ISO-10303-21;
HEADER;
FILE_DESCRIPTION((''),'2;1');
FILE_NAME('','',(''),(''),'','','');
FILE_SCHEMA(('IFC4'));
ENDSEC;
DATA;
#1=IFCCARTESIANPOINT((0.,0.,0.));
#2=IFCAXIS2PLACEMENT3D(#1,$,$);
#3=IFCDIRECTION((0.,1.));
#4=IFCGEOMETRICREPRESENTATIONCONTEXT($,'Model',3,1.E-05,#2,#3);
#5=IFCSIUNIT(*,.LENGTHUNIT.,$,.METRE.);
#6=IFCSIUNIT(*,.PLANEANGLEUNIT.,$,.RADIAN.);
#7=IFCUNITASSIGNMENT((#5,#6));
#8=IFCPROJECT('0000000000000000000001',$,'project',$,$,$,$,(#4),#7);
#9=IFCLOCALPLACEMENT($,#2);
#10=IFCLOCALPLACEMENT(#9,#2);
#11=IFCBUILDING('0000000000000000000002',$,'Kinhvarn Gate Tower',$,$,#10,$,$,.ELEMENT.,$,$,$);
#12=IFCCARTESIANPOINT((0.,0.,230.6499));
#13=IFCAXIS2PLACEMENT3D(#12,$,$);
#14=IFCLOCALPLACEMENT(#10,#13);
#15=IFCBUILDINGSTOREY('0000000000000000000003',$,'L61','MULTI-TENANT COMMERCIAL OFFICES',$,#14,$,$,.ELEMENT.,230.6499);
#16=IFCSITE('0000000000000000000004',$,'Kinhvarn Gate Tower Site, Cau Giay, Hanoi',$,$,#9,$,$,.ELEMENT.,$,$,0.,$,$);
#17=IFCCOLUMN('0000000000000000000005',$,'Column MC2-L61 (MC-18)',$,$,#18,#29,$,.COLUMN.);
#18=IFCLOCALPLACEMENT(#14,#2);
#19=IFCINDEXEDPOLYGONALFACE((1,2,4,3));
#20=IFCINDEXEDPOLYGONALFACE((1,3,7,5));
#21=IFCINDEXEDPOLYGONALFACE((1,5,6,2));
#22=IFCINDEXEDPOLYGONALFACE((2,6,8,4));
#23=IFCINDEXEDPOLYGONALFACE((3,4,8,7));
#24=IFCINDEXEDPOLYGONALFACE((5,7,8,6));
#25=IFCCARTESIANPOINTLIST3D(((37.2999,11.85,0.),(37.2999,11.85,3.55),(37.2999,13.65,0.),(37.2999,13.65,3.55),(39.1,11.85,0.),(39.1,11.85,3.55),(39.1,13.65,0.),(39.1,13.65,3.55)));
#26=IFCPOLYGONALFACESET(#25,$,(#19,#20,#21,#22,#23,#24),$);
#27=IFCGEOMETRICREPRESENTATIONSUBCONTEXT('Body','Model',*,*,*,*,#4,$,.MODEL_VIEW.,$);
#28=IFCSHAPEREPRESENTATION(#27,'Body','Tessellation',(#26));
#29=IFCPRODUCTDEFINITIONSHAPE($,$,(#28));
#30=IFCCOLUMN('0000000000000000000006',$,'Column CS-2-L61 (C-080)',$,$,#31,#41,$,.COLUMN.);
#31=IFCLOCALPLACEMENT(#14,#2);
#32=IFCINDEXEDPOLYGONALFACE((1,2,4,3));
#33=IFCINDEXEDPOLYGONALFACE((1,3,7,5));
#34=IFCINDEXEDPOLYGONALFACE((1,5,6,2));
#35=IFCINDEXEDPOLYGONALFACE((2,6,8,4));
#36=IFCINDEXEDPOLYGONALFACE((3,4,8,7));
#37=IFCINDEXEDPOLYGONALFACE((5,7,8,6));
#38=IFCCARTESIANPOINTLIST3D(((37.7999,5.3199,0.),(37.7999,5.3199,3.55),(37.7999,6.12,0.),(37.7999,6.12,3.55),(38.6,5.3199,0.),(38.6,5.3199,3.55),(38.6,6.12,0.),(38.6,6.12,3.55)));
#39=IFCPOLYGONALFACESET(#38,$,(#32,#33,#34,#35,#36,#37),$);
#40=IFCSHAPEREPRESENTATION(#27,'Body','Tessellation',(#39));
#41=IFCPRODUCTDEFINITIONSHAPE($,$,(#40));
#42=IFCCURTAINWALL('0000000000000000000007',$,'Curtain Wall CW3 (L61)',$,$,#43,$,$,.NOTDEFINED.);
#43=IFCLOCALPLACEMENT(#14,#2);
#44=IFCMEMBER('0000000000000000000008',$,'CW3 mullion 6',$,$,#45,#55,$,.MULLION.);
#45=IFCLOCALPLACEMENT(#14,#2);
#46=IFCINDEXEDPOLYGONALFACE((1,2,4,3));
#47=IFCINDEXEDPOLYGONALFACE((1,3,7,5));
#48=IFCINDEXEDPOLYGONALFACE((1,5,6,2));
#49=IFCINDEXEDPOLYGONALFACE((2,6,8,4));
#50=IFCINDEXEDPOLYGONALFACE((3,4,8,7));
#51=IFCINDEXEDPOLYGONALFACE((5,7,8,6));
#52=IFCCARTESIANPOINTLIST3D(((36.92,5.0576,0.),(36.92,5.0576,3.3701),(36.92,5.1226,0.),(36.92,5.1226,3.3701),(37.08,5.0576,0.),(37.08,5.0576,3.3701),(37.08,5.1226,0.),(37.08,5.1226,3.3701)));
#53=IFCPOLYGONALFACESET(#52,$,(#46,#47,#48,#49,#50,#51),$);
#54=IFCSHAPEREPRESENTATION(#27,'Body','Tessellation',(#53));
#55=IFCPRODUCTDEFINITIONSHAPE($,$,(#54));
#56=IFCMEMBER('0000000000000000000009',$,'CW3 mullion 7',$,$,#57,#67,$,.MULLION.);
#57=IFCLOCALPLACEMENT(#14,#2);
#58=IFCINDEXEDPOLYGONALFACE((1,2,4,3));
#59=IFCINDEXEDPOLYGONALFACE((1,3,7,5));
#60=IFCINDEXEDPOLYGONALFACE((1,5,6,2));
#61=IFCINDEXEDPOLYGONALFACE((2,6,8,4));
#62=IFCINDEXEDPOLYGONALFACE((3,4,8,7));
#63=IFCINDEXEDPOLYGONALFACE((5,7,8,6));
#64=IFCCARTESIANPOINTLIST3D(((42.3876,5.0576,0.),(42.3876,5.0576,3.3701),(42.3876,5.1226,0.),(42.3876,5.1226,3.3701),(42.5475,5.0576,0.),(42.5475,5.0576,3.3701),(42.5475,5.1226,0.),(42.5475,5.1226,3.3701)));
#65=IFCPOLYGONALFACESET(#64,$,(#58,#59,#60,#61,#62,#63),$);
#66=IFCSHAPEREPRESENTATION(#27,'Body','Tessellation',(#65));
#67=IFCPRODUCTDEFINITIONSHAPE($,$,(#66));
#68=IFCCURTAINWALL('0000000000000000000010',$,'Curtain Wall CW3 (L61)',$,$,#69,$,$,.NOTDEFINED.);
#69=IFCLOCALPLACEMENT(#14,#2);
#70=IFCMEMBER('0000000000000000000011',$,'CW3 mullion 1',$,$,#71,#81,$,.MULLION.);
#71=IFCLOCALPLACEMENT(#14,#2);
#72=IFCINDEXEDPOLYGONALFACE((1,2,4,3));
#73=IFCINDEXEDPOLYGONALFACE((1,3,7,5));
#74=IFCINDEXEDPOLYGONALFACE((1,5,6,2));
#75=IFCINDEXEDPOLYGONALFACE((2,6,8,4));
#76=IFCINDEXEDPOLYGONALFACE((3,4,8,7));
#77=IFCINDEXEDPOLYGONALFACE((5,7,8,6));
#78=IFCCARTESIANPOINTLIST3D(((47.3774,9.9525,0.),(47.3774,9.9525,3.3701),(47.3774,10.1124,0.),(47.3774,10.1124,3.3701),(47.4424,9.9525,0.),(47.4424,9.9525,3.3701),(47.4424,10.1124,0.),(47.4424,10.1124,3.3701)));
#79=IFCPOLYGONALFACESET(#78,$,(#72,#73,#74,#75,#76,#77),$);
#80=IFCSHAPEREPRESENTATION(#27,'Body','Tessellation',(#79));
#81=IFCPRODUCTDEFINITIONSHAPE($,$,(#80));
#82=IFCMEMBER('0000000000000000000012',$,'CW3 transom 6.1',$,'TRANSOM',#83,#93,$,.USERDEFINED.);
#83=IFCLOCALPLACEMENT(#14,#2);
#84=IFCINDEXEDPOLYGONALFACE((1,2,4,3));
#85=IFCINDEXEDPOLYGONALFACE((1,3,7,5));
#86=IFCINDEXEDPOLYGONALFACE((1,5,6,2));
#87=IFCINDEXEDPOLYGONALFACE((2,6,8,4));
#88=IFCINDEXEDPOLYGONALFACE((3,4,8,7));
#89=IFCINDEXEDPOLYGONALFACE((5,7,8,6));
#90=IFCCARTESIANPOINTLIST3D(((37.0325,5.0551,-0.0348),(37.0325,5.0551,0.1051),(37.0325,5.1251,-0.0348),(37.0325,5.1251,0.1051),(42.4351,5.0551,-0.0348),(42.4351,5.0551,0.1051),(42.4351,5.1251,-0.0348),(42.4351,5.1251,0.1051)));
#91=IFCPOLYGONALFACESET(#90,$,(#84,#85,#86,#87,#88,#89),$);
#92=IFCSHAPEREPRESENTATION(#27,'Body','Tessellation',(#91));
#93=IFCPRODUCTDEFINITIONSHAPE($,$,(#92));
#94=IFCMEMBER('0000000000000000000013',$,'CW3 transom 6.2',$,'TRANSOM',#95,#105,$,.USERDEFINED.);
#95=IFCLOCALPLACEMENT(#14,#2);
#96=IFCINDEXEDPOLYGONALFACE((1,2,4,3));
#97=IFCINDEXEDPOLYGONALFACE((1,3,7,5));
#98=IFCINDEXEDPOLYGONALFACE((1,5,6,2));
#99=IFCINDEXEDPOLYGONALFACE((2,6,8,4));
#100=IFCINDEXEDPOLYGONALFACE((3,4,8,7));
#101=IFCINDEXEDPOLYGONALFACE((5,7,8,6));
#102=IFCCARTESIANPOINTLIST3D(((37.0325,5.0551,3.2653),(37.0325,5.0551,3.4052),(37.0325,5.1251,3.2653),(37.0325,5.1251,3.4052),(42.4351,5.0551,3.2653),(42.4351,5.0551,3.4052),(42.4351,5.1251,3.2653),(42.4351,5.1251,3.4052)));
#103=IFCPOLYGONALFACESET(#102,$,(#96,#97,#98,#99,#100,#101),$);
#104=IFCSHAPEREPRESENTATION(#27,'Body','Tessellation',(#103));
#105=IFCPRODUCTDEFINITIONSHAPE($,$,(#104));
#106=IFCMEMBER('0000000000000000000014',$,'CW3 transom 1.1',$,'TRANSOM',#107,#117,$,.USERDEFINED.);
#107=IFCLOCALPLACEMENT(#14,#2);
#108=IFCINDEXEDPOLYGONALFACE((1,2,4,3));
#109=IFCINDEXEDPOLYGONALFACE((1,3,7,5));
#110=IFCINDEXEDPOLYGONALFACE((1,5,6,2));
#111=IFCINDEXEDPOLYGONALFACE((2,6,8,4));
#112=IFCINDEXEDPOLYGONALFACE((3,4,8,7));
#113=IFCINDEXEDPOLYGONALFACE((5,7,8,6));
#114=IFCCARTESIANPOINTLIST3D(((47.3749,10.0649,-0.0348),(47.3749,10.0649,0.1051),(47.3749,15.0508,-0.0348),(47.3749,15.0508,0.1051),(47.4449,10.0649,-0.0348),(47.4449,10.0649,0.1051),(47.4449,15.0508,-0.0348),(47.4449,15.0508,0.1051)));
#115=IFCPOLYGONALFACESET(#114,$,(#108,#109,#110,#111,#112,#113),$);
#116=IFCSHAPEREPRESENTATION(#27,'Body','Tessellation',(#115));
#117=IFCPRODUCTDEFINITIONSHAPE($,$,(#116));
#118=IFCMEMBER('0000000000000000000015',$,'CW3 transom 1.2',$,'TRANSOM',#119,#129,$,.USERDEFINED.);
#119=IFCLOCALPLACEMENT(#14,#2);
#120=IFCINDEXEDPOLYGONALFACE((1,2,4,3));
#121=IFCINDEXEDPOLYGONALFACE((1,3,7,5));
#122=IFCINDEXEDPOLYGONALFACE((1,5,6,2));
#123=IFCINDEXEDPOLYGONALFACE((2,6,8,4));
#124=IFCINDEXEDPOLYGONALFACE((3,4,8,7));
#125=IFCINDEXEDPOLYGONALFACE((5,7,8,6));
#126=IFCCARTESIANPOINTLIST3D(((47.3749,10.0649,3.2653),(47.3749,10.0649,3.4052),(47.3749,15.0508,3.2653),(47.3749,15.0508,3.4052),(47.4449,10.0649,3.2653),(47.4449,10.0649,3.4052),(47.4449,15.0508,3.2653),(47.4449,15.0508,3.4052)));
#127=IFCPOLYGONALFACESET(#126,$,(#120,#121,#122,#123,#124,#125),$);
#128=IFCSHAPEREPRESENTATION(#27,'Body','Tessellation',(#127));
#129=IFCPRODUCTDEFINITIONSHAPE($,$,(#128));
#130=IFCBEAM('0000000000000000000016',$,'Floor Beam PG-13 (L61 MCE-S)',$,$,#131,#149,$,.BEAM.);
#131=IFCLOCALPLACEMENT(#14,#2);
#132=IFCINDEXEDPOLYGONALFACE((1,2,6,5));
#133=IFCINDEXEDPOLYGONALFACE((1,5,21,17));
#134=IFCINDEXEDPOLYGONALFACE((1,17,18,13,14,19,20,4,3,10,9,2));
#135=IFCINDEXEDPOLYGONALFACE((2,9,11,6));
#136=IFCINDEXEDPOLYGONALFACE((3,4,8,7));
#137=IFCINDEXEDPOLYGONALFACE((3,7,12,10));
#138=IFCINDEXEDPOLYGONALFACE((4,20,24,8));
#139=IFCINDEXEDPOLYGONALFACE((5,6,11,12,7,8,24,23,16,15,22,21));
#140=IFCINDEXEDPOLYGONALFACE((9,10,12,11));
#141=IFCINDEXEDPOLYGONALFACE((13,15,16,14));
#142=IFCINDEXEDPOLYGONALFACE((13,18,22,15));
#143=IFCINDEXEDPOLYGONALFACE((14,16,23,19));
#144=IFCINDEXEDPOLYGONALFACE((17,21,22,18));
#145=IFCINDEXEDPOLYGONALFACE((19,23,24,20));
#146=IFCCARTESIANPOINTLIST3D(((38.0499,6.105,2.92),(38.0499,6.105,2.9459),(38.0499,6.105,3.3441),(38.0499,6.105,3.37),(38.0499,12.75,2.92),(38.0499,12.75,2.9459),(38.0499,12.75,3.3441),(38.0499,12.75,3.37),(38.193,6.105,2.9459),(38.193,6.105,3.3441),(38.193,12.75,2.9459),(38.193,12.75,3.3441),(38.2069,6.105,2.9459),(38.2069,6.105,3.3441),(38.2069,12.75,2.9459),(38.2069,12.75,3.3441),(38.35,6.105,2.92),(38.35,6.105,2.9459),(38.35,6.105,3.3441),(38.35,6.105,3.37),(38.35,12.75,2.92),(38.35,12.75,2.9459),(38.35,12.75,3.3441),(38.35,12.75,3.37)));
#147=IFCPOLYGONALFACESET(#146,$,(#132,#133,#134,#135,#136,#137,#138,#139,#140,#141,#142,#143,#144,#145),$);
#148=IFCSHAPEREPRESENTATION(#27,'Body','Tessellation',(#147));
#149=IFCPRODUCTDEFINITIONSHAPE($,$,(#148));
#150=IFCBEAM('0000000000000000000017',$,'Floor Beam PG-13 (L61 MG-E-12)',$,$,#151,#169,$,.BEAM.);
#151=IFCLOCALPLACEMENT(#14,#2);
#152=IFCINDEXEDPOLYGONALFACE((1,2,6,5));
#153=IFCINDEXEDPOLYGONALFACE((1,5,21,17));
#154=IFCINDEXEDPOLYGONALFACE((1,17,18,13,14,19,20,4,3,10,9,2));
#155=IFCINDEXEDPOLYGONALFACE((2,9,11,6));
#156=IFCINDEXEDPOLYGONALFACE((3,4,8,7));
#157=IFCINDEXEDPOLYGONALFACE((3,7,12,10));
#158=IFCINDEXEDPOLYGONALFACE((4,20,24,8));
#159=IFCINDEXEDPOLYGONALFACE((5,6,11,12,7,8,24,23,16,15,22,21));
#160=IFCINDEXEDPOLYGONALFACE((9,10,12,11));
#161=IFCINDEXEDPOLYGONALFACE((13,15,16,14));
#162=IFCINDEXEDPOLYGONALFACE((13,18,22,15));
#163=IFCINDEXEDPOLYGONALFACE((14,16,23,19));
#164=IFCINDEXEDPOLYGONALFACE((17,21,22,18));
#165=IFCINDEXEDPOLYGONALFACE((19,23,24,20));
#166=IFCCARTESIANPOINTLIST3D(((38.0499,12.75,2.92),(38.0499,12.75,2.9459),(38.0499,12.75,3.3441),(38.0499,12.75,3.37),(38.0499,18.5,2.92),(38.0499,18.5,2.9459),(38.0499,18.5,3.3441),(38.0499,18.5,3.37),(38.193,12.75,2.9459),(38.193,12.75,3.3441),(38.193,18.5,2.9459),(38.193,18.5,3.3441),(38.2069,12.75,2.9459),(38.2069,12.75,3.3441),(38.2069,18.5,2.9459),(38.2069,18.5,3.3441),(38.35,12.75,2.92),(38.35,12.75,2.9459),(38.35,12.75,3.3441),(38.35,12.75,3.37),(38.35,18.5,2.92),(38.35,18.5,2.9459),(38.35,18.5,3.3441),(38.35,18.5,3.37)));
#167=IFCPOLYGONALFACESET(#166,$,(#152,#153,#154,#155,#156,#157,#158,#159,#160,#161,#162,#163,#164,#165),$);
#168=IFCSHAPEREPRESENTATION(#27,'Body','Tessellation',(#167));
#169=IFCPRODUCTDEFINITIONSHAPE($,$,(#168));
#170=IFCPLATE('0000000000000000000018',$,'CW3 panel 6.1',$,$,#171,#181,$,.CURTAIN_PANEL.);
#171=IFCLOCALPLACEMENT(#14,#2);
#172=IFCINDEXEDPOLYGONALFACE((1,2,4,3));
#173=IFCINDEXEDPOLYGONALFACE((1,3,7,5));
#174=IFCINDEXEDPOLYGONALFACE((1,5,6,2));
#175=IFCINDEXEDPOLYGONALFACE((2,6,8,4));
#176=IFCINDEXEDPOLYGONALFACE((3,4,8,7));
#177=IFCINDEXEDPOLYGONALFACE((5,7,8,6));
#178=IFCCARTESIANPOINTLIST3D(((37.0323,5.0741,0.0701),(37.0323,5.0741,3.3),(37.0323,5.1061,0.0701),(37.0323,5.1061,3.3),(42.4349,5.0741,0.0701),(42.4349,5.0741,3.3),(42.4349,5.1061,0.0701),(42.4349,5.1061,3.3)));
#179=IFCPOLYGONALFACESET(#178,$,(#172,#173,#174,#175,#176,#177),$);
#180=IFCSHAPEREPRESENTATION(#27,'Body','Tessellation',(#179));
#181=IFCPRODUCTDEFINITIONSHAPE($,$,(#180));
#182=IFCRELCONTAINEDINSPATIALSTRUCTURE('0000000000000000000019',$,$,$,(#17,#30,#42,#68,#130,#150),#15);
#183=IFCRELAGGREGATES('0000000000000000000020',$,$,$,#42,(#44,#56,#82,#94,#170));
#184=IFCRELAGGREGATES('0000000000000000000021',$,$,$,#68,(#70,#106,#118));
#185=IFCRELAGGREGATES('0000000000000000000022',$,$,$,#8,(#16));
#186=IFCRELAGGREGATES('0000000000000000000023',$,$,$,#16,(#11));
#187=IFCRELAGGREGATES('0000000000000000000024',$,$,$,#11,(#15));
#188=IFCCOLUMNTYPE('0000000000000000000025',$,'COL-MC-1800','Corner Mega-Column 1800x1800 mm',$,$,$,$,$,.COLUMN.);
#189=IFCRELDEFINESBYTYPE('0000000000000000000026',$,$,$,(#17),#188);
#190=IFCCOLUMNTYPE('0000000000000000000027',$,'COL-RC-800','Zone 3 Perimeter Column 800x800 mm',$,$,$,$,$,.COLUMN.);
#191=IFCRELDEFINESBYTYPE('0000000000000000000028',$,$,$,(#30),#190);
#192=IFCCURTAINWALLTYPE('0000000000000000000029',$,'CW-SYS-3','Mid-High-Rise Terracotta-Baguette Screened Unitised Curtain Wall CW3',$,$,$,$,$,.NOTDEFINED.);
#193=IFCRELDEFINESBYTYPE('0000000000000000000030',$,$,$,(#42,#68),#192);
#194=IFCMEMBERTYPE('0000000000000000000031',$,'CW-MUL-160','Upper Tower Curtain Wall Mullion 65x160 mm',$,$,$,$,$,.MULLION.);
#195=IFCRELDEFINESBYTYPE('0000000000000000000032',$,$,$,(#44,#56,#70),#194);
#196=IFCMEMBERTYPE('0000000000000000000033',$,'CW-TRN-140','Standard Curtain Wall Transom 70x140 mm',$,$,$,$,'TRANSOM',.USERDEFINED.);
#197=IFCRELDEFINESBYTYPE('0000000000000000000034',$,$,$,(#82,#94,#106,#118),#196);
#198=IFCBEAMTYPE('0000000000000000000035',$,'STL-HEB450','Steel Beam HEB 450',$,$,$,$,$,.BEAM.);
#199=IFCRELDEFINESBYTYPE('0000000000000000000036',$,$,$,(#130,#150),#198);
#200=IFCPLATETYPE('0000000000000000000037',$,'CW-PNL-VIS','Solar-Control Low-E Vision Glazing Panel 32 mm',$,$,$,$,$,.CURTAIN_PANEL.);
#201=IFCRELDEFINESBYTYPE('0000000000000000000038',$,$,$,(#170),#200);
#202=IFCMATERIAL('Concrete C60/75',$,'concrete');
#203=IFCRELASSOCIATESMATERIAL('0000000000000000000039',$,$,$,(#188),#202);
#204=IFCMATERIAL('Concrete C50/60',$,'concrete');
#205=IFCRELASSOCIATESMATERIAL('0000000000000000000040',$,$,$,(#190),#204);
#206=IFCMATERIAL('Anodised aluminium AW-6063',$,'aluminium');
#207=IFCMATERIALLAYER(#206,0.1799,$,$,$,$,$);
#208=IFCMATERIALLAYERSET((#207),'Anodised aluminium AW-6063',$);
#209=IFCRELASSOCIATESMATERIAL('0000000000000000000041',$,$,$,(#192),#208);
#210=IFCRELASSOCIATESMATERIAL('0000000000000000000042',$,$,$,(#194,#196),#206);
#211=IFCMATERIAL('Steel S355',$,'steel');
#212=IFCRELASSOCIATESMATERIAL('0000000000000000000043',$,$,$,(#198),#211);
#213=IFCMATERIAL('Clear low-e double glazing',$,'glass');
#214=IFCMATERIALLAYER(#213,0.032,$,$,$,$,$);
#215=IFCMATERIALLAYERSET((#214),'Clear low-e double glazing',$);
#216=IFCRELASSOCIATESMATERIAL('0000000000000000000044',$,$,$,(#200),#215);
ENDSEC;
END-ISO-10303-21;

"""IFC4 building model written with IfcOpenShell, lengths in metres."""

from ifc_helpers import new_model, si_unit, direction, frame, origin, origin_2d, place, context, subcontext, project, spatial, rectangle, i_section, extrude, material, layer, layer_set, material_profile, profile_set, type_object, element, aggregate, save


model = new_model("IFC4")

# Units and contexts
model_context = context("Model", 3, precision=1e-05, world=origin(), true_north=direction((0.0, 1.0)))
body_context = subcontext(model_context, "Body", "Model", "MODEL_VIEW")
ifc_project = project(units=[si_unit("LENGTHUNIT", "METRE"), si_unit("PLANEANGLEUNIT", "RADIAN")], contexts=[model_context])

# Site, building, storey
site_placement = place(None, origin())
site = spatial("IfcSite", under=ifc_project, at=site_placement, Name="Kinhvarn Gate Tower Site, Cau Giay, Hanoi", CompositionType="ELEMENT", RefElevation=0.0)
building_placement = place(site_placement, origin())
building = spatial("IfcBuilding", under=site, at=building_placement, Name="Kinhvarn Gate Tower", CompositionType="ELEMENT")
storey_placement = place(building_placement, frame((0.0, 0.0, 230.6499)))
storey = spatial("IfcBuildingStorey", under=building, at=storey_placement, Name="L61", Description="MULTI-TENANT COMMERCIAL OFFICES", CompositionType="ELEMENT", Elevation=230.6499)

# Columns
ifc_material_1 = material(Name="Concrete C60/75", Category="concrete")
ifc_material_profile_1 = material_profile(ifc_material_1, rectangle(XDim=1.8, YDim=1.8, at=origin_2d()), Name="RC 1800x1800")
ifc_profile_set_1 = profile_set([ifc_material_profile_1], Name="Concrete C60/75")
column_type_1 = type_object("IfcColumnType", Name="COL-MC-1800", Description="Corner Mega-Column 1800x1800 mm", PredefinedType="COLUMN", material=ifc_profile_set_1)
column_1_placement = place(storey_placement, frame((38.2, 12.75, 0.0), z_axis=(0.0, 0.0, 1.0), x_axis=(1.0, 0.0, 0.0)))
element("IfcColumn", 1, at=column_1_placement, inside=storey, type_object=column_type_1, Name="Column MC2-L61 (MC-18)", PredefinedType="COLUMN", context=body_context, shape_type="SweptSolid", body=[
    extrude(rectangle(XDim=1.8, YDim=1.8, at=origin_2d()), origin(), (0.0, 0.0, 1.0), 3.55),
])
ifc_material_2 = material(Name="Concrete C50/60", Category="concrete")
ifc_material_profile_2 = material_profile(ifc_material_2, rectangle(XDim=0.8, YDim=0.8, at=origin_2d()), Name="RC 800x800")
ifc_profile_set_2 = profile_set([ifc_material_profile_2], Name="Concrete C50/60")
column_type_2 = type_object("IfcColumnType", Name="COL-RC-800", Description="Zone 3 Perimeter Column 800x800 mm", PredefinedType="COLUMN", material=ifc_profile_set_2)
column_2_placement = place(storey_placement, frame((38.2, 5.72, 0.0), z_axis=(0.0, 0.0, 1.0), x_axis=(1.0, 0.0, 0.0)))
element("IfcColumn", 2, at=column_2_placement, inside=storey, type_object=column_type_2, Name="Column CS-2-L61 (C-080)", PredefinedType="COLUMN", context=body_context, shape_type="SweptSolid", body=[
    extrude(rectangle(XDim=0.8, YDim=0.8, at=origin_2d()), origin(), (0.0, 0.0, 1.0), 3.55),
])

# Curtain wall, members
ifc_material_3 = material(Name="Anodised aluminium AW-6063", Category="aluminium")
ifc_layer_1 = layer(ifc_material_3, 0.1799)
ifc_layer_set_1 = layer_set([ifc_layer_1], Name="Anodised aluminium AW-6063")
curtain_wall_type = type_object("IfcCurtainWallType", Name="CW-SYS-3", Description="Mid-High-Rise Terracotta-Baguette Screened Unitised Curtain Wall CW3", PredefinedType="NOTDEFINED", material=ifc_layer_set_1)
curtain_wall_1_placement = place(storey_placement, origin())
curtain_wall_1 = element("IfcCurtainWall", 3, at=curtain_wall_1_placement, inside=storey, type_object=curtain_wall_type, Name="Curtain Wall CW3 (L61)", PredefinedType="NOTDEFINED")
ifc_material_profile_3 = material_profile(ifc_material_3, rectangle(XDim=0.0649, YDim=0.1599, at=origin_2d()), Name="ALU 65x160")
ifc_profile_set_3 = profile_set([ifc_material_profile_3], Name="Anodised aluminium AW-6063")
member_type_1 = type_object("IfcMemberType", Name="CW-MUL-160", Description="Upper Tower Curtain Wall Mullion 65x160 mm", PredefinedType="MULLION", material=ifc_profile_set_3)
member_1_placement = place(storey_placement, frame((37.0, 5.0901, 0.0), z_axis=(0.0, 0.0, 1.0), x_axis=(0.0, 1.0, 0.0)))
member_1 = element("IfcMember", 4, at=member_1_placement, type_object=member_type_1, Name="CW3 mullion 6", PredefinedType="MULLION", context=body_context, shape_type="SweptSolid", body=[
    extrude(rectangle(XDim=0.0649, YDim=0.1599, at=origin_2d()), origin(), (0.0, 0.0, 1.0), 3.3701),
])
member_2_placement = place(storey_placement, frame((42.4675, 5.0901, 0.0), z_axis=(0.0, 0.0, 1.0), x_axis=(0.0, 1.0, 0.0)))
member_2 = element("IfcMember", 5, at=member_2_placement, type_object=member_type_1, Name="CW3 mullion 7", PredefinedType="MULLION", context=body_context, shape_type="SweptSolid", body=[
    extrude(rectangle(XDim=0.0649, YDim=0.1599, at=origin_2d()), origin(), (0.0, 0.0, 1.0), 3.3701),
])

# Curtain wall, member
curtain_wall_2_placement = place(storey_placement, origin())
curtain_wall_2 = element("IfcCurtainWall", 6, at=curtain_wall_2_placement, inside=storey, type_object=curtain_wall_type, Name="Curtain Wall CW3 (L61)", PredefinedType="NOTDEFINED")
member_3_placement = place(storey_placement, frame((47.4099, 10.0325, 0.0), z_axis=(0.0, 0.0, 1.0), x_axis=(-1.0, 0.0, 0.0)))
member_3 = element("IfcMember", 7, at=member_3_placement, type_object=member_type_1, Name="CW3 mullion 1", PredefinedType="MULLION", context=body_context, shape_type="SweptSolid", body=[
    extrude(rectangle(XDim=0.0649, YDim=0.1599, at=origin_2d()), origin(), (0.0, 0.0, 1.0), 3.3701),
])

# Members
ifc_material_profile_4 = material_profile(ifc_material_3, rectangle(XDim=0.0701, YDim=0.1399, at=origin_2d()), Name="ALU 70x140")
ifc_profile_set_4 = profile_set([ifc_material_profile_4], Name="Anodised aluminium AW-6063")
member_type_2 = type_object("IfcMemberType", Name="CW-TRN-140", Description="Standard Curtain Wall Transom 70x140 mm", ElementType="TRANSOM", PredefinedType="USERDEFINED", material=ifc_profile_set_4)
member_4_placement = place(storey_placement, frame((37.0325, 5.0901, 0.0352), z_axis=(1.0, 0.0, 0.0), x_axis=(0.0, 1.0, 0.0)))
member_4 = element("IfcMember", 8, at=member_4_placement, type_object=member_type_2, Name="CW3 transom 6.1", ObjectType="TRANSOM", PredefinedType="USERDEFINED", context=body_context, shape_type="SweptSolid", body=[
    extrude(rectangle(XDim=0.0701, YDim=0.1399, at=origin_2d()), origin(), (0.0, 0.0, 1.0), 5.4026),
])
member_5_placement = place(storey_placement, frame((37.0325, 5.0901, 3.3352), z_axis=(1.0, 0.0, 0.0), x_axis=(0.0, 1.0, 0.0)))
member_5 = element("IfcMember", 9, at=member_5_placement, type_object=member_type_2, Name="CW3 transom 6.2", ObjectType="TRANSOM", PredefinedType="USERDEFINED", context=body_context, shape_type="SweptSolid", body=[
    extrude(rectangle(XDim=0.0701, YDim=0.1399, at=origin_2d()), origin(), (0.0, 0.0, 1.0), 5.4026),
])
member_6_placement = place(storey_placement, frame((47.4099, 10.0649, 0.0352), z_axis=(0.0, 1.0, 0.0), x_axis=(-1.0, 0.0, 0.0)))
member_6 = element("IfcMember", 10, at=member_6_placement, type_object=member_type_2, Name="CW3 transom 1.1", ObjectType="TRANSOM", PredefinedType="USERDEFINED", context=body_context, shape_type="SweptSolid", body=[
    extrude(rectangle(XDim=0.0701, YDim=0.1399, at=origin_2d()), origin(), (0.0, 0.0, 1.0), 4.9858),
])
member_7_placement = place(storey_placement, frame((47.4099, 10.0649, 3.3352), z_axis=(0.0, 1.0, 0.0), x_axis=(-1.0, 0.0, 0.0)))
member_7 = element("IfcMember", 11, at=member_7_placement, type_object=member_type_2, Name="CW3 transom 1.2", ObjectType="TRANSOM", PredefinedType="USERDEFINED", context=body_context, shape_type="SweptSolid", body=[
    extrude(rectangle(XDim=0.0701, YDim=0.1399, at=origin_2d()), origin(), (0.0, 0.0, 1.0), 4.9858),
])

# Beams
ifc_material_4 = material(Name="Steel S355", Category="steel")
ifc_material_profile_5 = material_profile(ifc_material_4, i_section(OverallWidth=0.3, OverallDepth=0.45, WebThickness=0.0139, FlangeThickness=0.0259, at=origin_2d()), Name="HEB 450")
ifc_profile_set_5 = profile_set([ifc_material_profile_5], Name="Steel S355")
beam_type = type_object("IfcBeamType", Name="STL-HEB450", Description="Steel Beam HEB 450", PredefinedType="BEAM", material=ifc_profile_set_5)
beam_1_placement = place(storey_placement, frame((38.2, 6.105, 3.145), z_axis=(0.0, 1.0, 0.0), x_axis=(-1.0, 0.0, 0.0)))
element("IfcBeam", 12, at=beam_1_placement, inside=storey, type_object=beam_type, Name="Floor Beam PG-13 (L61 MCE-S)", PredefinedType="BEAM", context=body_context, shape_type="SweptSolid", body=[
    extrude(i_section(OverallWidth=0.3, OverallDepth=0.45, WebThickness=0.0139, FlangeThickness=0.0259, at=origin_2d()), origin(), (0.0, 0.0, 1.0), 6.645),
])
beam_2_placement = place(storey_placement, frame((38.2, 12.75, 3.145), z_axis=(0.0, 1.0, 0.0), x_axis=(-1.0, 0.0, 0.0)))
element("IfcBeam", 13, at=beam_2_placement, inside=storey, type_object=beam_type, Name="Floor Beam PG-13 (L61 MG-E-12)", PredefinedType="BEAM", context=body_context, shape_type="SweptSolid", body=[
    extrude(i_section(OverallWidth=0.3, OverallDepth=0.45, WebThickness=0.0139, FlangeThickness=0.0259, at=origin_2d()), origin(), (0.0, 0.0, 1.0), 5.75),
])

# Plate
ifc_material_5 = material(Name="Clear low-e double glazing", Category="glass")
ifc_layer_2 = layer(ifc_material_5, 0.032)
ifc_layer_set_2 = layer_set([ifc_layer_2], Name="Clear low-e double glazing")
plate_type = type_object("IfcPlateType", Name="CW-PNL-VIS", Description="Solar-Control Low-E Vision Glazing Panel 32 mm", PredefinedType="CURTAIN_PANEL", material=ifc_layer_set_2)
plate_1_placement = place(storey_placement, frame((39.7336, 5.0901, 0.0701), z_axis=(0.0, 0.0, 1.0), x_axis=(1.0, 0.0, 0.0)))
plate_1 = element("IfcPlate", 14, at=plate_1_placement, type_object=plate_type, Name="CW3 panel 6.1", PredefinedType="CURTAIN_PANEL", context=body_context, shape_type="SweptSolid", body=[
    extrude(rectangle(XDim=5.4026, YDim=0.032, at=origin_2d()), origin(), (0.0, 0.0, 1.0), 3.23),
])
aggregate(curtain_wall_1, [member_1, member_2, member_4, member_5, plate_1])
aggregate(curtain_wall_2, [member_3, member_6, member_7])

save(model, "model.ifc")
